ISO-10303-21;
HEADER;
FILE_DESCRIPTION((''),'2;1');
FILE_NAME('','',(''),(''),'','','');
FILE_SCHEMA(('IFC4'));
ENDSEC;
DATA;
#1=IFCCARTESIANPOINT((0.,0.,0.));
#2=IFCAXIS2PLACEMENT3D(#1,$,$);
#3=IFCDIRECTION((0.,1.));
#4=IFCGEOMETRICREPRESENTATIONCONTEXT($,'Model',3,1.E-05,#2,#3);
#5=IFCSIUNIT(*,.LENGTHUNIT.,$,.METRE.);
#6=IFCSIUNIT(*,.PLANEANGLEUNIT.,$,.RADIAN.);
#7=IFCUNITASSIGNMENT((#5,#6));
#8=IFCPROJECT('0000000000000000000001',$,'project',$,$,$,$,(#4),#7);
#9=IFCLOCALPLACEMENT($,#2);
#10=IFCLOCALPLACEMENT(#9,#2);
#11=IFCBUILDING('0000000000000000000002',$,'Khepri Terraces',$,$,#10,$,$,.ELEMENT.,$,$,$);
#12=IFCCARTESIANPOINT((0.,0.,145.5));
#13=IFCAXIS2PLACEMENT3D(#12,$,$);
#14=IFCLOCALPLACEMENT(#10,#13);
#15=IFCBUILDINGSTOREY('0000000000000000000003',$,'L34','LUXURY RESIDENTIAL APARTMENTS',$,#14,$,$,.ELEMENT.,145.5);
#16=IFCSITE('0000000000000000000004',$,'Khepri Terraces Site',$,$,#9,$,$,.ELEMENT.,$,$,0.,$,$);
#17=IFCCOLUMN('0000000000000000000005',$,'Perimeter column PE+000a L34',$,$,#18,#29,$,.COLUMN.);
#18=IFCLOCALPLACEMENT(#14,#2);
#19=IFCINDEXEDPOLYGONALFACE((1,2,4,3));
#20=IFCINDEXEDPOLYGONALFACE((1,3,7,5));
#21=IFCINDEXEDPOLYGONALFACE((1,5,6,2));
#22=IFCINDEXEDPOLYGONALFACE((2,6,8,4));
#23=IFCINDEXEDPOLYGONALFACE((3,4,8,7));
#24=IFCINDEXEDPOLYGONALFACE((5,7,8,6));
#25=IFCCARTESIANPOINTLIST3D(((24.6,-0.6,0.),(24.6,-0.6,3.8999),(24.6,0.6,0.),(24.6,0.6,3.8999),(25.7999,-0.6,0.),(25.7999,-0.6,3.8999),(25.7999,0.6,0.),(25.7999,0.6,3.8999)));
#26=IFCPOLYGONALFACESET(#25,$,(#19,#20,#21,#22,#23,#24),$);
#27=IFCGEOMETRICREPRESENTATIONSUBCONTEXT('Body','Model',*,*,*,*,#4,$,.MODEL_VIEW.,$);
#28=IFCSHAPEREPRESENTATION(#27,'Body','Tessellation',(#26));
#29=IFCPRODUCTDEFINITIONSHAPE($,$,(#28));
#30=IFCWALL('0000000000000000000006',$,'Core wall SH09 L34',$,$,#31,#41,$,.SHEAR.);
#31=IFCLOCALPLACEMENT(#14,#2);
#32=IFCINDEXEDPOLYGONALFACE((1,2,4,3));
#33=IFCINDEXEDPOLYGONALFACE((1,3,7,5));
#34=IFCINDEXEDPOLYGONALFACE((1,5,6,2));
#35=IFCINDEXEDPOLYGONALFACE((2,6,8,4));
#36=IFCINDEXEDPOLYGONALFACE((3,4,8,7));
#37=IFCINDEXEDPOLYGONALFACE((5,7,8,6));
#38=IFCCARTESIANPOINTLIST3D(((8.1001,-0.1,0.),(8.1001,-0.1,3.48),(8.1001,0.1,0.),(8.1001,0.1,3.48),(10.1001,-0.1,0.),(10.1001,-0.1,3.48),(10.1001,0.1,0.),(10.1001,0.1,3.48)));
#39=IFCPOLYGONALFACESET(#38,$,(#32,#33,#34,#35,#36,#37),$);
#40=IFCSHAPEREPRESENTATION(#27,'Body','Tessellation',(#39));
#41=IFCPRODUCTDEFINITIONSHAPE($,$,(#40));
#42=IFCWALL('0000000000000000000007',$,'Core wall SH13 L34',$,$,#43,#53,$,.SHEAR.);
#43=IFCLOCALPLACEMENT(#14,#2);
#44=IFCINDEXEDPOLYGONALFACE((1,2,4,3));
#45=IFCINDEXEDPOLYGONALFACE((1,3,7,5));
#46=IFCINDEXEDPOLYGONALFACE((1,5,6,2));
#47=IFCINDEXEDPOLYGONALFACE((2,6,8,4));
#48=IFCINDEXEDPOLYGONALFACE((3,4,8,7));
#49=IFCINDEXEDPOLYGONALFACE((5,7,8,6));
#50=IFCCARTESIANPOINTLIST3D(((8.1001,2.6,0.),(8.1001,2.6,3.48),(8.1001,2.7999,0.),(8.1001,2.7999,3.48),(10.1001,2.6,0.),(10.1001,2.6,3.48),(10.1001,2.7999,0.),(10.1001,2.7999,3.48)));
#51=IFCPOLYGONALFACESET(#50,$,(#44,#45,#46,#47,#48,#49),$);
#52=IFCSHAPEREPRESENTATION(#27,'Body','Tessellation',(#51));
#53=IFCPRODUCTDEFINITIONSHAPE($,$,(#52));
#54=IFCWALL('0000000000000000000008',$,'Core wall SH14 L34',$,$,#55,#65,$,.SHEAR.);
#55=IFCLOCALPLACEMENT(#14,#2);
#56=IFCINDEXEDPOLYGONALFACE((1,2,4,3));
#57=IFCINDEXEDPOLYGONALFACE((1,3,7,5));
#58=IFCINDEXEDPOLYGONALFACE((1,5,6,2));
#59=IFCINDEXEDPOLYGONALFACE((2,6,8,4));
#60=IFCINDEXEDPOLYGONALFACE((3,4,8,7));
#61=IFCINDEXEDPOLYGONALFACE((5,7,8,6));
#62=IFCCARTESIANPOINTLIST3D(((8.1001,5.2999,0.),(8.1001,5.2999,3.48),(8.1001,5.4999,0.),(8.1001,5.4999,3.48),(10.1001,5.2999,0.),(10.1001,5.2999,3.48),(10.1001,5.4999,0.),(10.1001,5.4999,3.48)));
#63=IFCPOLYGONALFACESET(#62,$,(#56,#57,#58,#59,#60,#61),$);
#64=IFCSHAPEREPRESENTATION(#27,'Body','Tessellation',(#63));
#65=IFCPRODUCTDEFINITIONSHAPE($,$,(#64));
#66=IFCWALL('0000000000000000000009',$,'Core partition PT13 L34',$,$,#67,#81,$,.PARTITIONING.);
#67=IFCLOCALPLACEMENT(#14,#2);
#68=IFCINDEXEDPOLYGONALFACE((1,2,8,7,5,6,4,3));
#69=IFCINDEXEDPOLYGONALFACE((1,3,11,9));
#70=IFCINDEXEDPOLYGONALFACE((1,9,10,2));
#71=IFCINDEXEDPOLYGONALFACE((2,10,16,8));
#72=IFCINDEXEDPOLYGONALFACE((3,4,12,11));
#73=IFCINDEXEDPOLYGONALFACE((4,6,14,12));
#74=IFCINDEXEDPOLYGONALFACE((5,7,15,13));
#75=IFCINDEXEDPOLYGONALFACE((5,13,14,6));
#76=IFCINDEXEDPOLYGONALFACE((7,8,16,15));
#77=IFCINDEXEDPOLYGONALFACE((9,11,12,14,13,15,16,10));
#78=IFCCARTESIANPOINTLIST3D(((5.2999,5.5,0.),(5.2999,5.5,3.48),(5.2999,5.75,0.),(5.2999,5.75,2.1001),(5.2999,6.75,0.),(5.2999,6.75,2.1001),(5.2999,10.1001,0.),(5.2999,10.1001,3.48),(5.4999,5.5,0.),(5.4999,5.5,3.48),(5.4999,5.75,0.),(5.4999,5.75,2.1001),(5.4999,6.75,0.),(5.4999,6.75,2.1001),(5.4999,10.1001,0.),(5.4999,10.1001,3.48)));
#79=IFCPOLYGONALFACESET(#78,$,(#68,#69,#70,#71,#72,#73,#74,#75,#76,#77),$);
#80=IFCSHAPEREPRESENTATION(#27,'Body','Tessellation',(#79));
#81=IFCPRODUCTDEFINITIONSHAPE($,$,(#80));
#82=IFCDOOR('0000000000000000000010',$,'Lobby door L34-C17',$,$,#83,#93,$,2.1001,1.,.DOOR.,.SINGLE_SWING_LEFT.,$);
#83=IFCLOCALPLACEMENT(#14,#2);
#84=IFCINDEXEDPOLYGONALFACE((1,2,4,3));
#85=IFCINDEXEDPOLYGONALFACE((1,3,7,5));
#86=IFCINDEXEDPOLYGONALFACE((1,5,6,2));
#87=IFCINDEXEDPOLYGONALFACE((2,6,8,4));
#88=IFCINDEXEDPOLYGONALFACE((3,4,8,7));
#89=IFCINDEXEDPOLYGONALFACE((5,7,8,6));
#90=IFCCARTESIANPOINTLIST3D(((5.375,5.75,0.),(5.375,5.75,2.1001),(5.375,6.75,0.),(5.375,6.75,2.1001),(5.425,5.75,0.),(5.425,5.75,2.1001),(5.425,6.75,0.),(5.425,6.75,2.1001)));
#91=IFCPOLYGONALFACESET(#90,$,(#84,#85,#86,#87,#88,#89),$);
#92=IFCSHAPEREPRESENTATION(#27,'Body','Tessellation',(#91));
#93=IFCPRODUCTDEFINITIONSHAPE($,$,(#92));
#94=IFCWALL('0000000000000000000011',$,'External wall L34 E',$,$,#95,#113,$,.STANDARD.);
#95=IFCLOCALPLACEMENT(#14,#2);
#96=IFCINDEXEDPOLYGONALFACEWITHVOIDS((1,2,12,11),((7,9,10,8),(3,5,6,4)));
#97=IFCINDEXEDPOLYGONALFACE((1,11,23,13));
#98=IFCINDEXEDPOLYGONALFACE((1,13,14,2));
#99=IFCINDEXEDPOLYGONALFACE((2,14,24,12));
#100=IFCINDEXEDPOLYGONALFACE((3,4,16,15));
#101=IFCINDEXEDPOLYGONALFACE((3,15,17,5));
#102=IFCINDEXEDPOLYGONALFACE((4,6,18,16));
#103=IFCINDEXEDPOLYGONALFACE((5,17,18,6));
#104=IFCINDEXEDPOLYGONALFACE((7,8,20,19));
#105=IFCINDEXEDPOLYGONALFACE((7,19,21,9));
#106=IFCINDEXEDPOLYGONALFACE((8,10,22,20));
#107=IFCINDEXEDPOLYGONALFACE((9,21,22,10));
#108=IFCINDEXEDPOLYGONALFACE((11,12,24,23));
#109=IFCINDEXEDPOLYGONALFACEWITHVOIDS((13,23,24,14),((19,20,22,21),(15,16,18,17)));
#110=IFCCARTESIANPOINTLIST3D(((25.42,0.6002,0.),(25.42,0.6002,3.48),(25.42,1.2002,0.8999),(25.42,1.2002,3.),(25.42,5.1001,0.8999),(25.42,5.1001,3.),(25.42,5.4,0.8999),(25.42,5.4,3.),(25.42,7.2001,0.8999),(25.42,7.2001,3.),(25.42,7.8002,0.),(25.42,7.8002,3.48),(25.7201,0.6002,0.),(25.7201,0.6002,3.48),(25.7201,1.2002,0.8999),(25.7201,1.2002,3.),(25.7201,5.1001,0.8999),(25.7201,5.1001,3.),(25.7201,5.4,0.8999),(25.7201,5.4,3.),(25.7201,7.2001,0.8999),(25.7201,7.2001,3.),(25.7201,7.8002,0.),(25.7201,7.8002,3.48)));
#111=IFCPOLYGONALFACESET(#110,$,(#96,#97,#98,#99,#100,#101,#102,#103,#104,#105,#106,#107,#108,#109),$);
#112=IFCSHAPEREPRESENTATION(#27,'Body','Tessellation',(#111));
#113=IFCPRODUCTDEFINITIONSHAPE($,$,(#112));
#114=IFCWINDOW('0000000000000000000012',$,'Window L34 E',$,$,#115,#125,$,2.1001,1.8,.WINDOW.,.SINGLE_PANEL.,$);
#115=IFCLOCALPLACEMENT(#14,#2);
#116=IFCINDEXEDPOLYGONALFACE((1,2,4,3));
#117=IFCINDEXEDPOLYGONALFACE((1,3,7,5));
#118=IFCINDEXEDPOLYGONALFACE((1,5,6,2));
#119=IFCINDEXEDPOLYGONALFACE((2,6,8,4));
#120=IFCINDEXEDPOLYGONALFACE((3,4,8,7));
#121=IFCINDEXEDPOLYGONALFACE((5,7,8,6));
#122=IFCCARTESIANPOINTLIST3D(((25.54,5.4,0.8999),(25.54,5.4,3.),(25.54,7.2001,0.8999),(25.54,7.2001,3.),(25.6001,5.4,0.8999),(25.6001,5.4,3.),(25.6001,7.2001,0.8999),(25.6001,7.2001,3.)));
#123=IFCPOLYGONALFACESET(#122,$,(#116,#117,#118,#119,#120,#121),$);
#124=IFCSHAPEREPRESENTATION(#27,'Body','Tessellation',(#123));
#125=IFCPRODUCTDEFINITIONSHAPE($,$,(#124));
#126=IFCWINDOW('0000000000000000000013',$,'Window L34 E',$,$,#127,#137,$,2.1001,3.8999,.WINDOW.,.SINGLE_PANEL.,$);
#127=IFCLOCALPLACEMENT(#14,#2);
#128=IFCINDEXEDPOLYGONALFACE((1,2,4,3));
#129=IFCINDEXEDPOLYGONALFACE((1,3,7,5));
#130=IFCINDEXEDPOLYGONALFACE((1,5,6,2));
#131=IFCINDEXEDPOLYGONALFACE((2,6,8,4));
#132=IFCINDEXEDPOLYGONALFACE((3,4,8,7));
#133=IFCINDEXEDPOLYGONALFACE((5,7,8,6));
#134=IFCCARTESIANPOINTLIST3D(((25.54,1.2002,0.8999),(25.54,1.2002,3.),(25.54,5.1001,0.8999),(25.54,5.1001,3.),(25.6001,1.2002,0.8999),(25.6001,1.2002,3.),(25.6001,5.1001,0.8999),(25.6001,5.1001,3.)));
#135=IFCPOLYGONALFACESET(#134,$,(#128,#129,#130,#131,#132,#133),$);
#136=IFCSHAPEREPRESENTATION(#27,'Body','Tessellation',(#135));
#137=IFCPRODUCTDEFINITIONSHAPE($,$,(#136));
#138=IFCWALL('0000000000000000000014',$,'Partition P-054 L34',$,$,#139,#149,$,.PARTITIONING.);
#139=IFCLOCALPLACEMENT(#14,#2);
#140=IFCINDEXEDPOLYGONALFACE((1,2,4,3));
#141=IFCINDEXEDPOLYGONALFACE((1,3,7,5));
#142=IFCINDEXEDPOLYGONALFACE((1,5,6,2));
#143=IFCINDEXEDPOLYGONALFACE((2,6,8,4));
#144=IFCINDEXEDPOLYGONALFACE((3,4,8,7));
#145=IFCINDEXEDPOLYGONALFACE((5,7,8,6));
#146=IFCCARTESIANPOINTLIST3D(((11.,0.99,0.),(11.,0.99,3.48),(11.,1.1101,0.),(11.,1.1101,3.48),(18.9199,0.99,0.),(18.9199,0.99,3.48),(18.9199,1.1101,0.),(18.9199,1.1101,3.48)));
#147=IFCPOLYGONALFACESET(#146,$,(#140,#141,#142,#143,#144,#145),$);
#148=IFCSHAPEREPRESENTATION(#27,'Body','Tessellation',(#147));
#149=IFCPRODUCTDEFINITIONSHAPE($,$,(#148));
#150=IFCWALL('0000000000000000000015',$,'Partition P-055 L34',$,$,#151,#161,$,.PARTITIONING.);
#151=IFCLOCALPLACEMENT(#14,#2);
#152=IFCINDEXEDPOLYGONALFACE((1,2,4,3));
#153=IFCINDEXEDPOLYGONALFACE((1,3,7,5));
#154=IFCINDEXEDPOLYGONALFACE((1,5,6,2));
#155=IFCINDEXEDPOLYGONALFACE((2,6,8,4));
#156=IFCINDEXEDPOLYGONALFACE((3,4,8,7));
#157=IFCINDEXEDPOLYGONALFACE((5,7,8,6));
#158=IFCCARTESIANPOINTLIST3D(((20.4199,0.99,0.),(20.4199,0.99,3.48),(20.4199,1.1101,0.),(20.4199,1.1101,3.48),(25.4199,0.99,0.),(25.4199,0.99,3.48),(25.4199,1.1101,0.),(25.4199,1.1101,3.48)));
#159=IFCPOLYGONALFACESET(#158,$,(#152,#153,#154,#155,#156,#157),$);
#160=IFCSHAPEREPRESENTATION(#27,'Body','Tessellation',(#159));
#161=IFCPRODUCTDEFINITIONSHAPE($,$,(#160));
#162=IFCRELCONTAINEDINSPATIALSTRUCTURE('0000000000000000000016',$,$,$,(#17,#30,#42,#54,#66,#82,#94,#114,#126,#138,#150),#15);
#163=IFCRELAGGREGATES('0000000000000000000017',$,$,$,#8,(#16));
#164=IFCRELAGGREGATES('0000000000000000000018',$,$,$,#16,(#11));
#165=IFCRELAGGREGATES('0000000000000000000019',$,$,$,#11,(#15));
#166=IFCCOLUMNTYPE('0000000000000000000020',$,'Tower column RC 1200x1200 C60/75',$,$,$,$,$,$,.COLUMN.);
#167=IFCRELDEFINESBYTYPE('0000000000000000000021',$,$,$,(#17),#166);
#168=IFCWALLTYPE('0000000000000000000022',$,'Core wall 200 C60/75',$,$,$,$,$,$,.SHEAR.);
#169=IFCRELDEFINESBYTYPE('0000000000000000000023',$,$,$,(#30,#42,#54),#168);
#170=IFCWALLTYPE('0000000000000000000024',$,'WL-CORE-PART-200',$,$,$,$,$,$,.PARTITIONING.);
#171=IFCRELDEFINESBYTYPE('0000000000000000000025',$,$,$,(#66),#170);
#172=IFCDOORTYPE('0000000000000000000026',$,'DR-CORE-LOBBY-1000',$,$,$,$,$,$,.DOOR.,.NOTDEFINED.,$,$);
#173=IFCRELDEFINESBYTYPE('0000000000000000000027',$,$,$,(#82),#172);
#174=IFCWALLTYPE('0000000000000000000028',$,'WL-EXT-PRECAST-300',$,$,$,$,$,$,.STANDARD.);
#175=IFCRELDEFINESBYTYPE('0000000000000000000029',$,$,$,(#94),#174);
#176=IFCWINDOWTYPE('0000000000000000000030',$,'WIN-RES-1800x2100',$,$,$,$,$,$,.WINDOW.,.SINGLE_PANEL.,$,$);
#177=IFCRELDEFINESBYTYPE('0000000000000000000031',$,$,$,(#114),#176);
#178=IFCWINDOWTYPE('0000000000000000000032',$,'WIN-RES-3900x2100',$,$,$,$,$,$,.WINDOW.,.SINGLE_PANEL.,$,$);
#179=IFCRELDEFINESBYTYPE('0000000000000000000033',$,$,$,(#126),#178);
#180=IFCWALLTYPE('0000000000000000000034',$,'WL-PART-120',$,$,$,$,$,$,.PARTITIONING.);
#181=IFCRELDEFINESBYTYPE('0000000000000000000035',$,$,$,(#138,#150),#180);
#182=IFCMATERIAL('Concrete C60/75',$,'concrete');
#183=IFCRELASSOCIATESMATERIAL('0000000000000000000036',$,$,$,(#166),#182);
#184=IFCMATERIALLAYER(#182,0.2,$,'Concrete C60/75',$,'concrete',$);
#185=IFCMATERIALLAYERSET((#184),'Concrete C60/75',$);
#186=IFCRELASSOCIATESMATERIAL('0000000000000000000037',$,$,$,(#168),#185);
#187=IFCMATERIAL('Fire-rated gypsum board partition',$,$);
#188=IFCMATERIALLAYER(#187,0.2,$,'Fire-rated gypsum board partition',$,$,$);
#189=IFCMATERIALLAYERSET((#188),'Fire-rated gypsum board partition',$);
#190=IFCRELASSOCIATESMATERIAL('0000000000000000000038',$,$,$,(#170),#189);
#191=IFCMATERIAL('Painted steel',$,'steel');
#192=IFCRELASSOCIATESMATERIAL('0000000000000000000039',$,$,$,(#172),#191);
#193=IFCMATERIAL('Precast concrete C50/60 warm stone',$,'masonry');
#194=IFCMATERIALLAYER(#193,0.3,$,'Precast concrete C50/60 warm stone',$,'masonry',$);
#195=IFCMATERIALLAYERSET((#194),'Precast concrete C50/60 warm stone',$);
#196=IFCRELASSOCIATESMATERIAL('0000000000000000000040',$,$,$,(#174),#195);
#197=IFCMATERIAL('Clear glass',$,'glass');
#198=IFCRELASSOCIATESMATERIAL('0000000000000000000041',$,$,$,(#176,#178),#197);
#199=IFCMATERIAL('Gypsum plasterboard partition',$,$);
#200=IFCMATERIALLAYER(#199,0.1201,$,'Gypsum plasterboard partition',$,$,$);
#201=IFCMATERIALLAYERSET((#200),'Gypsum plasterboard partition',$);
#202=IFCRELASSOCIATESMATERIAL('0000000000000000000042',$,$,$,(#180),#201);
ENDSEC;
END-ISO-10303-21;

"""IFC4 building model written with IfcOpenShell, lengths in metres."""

from ifc_helpers import new_model, si_unit, direction, frame, frame_2d, origin, origin_2d, place, context, subcontext, project, spatial, rectangle, extrude, material, layer, layer_set, material_profile, profile_set, type_object, element, fill, save


model = new_model("IFC4")

# Units and contexts
model_context = context("Model", 3, precision=1e-05, world=origin(), true_north=direction((0.0, 1.0)))
body_context = subcontext(model_context, "Body", "Model", "MODEL_VIEW")
ifc_project = project(units=[si_unit("LENGTHUNIT", "METRE"), si_unit("PLANEANGLEUNIT", "RADIAN")], contexts=[model_context])

# Site, building, storey
site_placement = place(None, origin())
site = spatial("IfcSite", under=ifc_project, at=site_placement, Name="Khepri Terraces Site", CompositionType="ELEMENT", RefElevation=0.0)
building_placement = place(site_placement, origin())
building = spatial("IfcBuilding", under=site, at=building_placement, Name="Khepri Terraces", CompositionType="ELEMENT")
storey_placement = place(building_placement, frame((0.0, 0.0, 145.5)))
storey = spatial("IfcBuildingStorey", under=building, at=storey_placement, Name="L34", Description="LUXURY RESIDENTIAL APARTMENTS", CompositionType="ELEMENT", Elevation=145.5)

# Column
ifc_material_1 = material(Name="Concrete C60/75", Category="concrete")
ifc_material_profile = material_profile(ifc_material_1, rectangle(XDim=1.2, YDim=1.2, at=origin_2d()), Name="Concrete C60/75", Category="concrete")
ifc_profile_set = profile_set([ifc_material_profile], Name="Concrete C60/75")
column_type = type_object("IfcColumnType", Name="Tower column RC 1200x1200 C60/75", PredefinedType="COLUMN", material=ifc_profile_set)
column_placement = place(storey_placement, frame((25.2, 0.0, 0.0), z_axis=(0.0, 0.0, 1.0), x_axis=(1.0, 0.0, 0.0)))
element("IfcColumn", 1, at=column_placement, inside=storey, type_object=column_type, Name="Perimeter column PE+000a L34", PredefinedType="COLUMN", context=body_context, shape_type="SweptSolid", body=[
    extrude(rectangle(XDim=1.2, YDim=1.2, at=origin_2d()), origin(), (0.0, 0.0, 1.0), 3.8999),
])

# Walls
ifc_layer_1 = layer(ifc_material_1, 0.2, Name="Concrete C60/75", Category="concrete")
ifc_layer_set_1 = layer_set([ifc_layer_1], Name="Concrete C60/75")
wall_type_1 = type_object("IfcWallType", Name="Core wall 200 C60/75", PredefinedType="SHEAR", material=ifc_layer_set_1)
for number, where, z_axis, x_axis, name in (
    (2, (8.1001, 0.0, 0.0), (0.0, 0.0, 1.0), (1.0, 0.0, 0.0), "Core wall SH09 L34"),
    (3, (8.1001, 2.7, 0.0), (0.0, 0.0, 1.0), (1.0, 0.0, 0.0), "Core wall SH13 L34"),
    (4, (8.1001, 5.3999, 0.0), (0.0, 0.0, 1.0), (1.0, 0.0, 0.0), "Core wall SH14 L34"),
):
    element("IfcWall", number, at=place(storey_placement, frame(where, z_axis=z_axis, x_axis=x_axis)), inside=storey, type_object=wall_type_1, Name=name, PredefinedType="SHEAR", context=body_context, shape_type="SweptSolid", body=[
        extrude(rectangle(XDim=2.0, YDim=0.2, at=frame_2d((1.0, 0.0))), origin(), (0.0, 0.0, 1.0), 3.48),
    ])

# Wall, opening, door
ifc_material_2 = material(Name="Fire-rated gypsum board partition")
ifc_layer_2 = layer(ifc_material_2, 0.2, Name="Fire-rated gypsum board partition")
ifc_layer_set_2 = layer_set([ifc_layer_2], Name="Fire-rated gypsum board partition")
wall_type_2 = type_object("IfcWallType", Name="WL-CORE-PART-200", PredefinedType="PARTITIONING", material=ifc_layer_set_2)
wall_1_placement = place(storey_placement, frame((5.3999, 5.5, 0.0), z_axis=(0.0, 0.0, 1.0), x_axis=(0.0, 1.0, 0.0)))
wall_1 = element("IfcWall", 5, at=wall_1_placement, inside=storey, type_object=wall_type_2, Name="Core partition PT13 L34", PredefinedType="PARTITIONING", context=body_context, shape_type="SweptSolid", body=[
    extrude(rectangle(XDim=4.6001, YDim=0.2, at=frame_2d((2.3, 0.0))), origin(), (0.0, 0.0, 1.0), 3.48),
])
opening_1_placement = place(wall_1_placement, frame((0.25, 0.0, 0.0)))
opening_1 = element("IfcOpeningElement", 6, at=opening_1_placement, cuts=wall_1, PredefinedType="OPENING", context=body_context, shape_type="SweptSolid", body=[
    extrude(rectangle(XDim=1.0, YDim=2.1001, at=frame_2d((0.5, 1.05))), frame((0.0, 0.1099, 0.0), z_axis=(0.0, -1.0, 0.0), x_axis=(1.0, 0.0, 0.0)), (0.0, 0.0, 1.0), 0.22),
])
ifc_material_3 = material(Name="Painted steel", Category="steel")
door_type_1 = type_object("IfcDoorType", Name="DR-CORE-LOBBY-1000", OperationType="NOTDEFINED", PredefinedType="DOOR", material=ifc_material_3)
door_1_placement = place(opening_1_placement, origin())
door_1 = element("IfcDoor", 7, at=door_1_placement, inside=storey, type_object=door_type_1, Name="Lobby door L34-C17", OperationType="SINGLE_SWING_LEFT", OverallHeight=2.1001, OverallWidth=1.0, PredefinedType="DOOR", context=body_context, shape_type="SweptSolid", body=[
    extrude(rectangle(XDim=1.0, YDim=2.1001, at=frame_2d((0.5, 1.05))), frame((0.0, 0.0249, 0.0), z_axis=(0.0, -1.0, 0.0), x_axis=(1.0, 0.0, 0.0)), (0.0, 0.0, 1.0), 0.05),
])
fill(opening_1, door_1)

# Wall, openings, windows
ifc_material_4 = material(Name="Precast concrete C50/60 warm stone", Category="masonry")
ifc_layer_3 = layer(ifc_material_4, 0.3, Name="Precast concrete C50/60 warm stone", Category="masonry")
ifc_layer_set_3 = layer_set([ifc_layer_3], Name="Precast concrete C50/60 warm stone")
wall_type_3 = type_object("IfcWallType", Name="WL-EXT-PRECAST-300", PredefinedType="STANDARD", material=ifc_layer_set_3)
wall_2_placement = place(storey_placement, frame((25.5701, 0.6001, 0.0), z_axis=(0.0, 0.0, 1.0), x_axis=(0.0, 1.0, 0.0)))
wall_2 = element("IfcWall", 8, at=wall_2_placement, inside=storey, type_object=wall_type_3, Name="External wall L34 E", PredefinedType="STANDARD", context=body_context, shape_type="SweptSolid", body=[
    extrude(rectangle(XDim=7.2, YDim=0.3, at=frame_2d((3.6001, 0.0))), origin(), (0.0, 0.0, 1.0), 3.48),
])
opening_2_placement = place(wall_2_placement, frame((0.6001, 0.0, 0.8999)))
opening_2 = element("IfcOpeningElement", 9, at=opening_2_placement, cuts=wall_2, PredefinedType="OPENING", context=body_context, shape_type="SweptSolid", body=[
    extrude(rectangle(XDim=3.8999, YDim=2.1001, at=frame_2d((1.95, 1.05))), frame((0.0, 0.1602, 0.0), z_axis=(0.0, -1.0, 0.0), x_axis=(1.0, 0.0, 0.0)), (0.0, 0.0, 1.0), 0.3201),
])
opening_3_placement = place(wall_2_placement, frame((4.8, 0.0, 0.8999)))
opening_3 = element("IfcOpeningElement", 10, at=opening_3_placement, cuts=wall_2, PredefinedType="OPENING", context=body_context, shape_type="SweptSolid", body=[
    extrude(rectangle(XDim=1.8, YDim=2.1001, at=frame_2d((0.8999, 1.05))), frame((0.0, 0.1602, 0.0), z_axis=(0.0, -1.0, 0.0), x_axis=(1.0, 0.0, 0.0)), (0.0, 0.0, 1.0), 0.3201),
])
ifc_material_5 = material(Name="Clear glass", Category="glass")
window_type_1 = type_object("IfcWindowType", Name="WIN-RES-1800x2100", PartitioningType="SINGLE_PANEL", PredefinedType="WINDOW", material=ifc_material_5)
window_1_placement = place(opening_3_placement, origin())
window_1 = element("IfcWindow", 11, at=window_1_placement, inside=storey, type_object=window_type_1, Name="Window L34 E", OverallHeight=2.1001, OverallWidth=1.8, PartitioningType="SINGLE_PANEL", PredefinedType="WINDOW", context=body_context, shape_type="SweptSolid", body=[
    extrude(rectangle(XDim=1.8, YDim=2.1001, at=frame_2d((0.8999, 1.05))), frame((0.0, 0.03, 0.0), z_axis=(0.0, -1.0, 0.0), x_axis=(1.0, 0.0, 0.0)), (0.0, 0.0, 1.0), 0.0601),
])
fill(opening_3, window_1)
window_type_2 = type_object("IfcWindowType", Name="WIN-RES-3900x2100", PartitioningType="SINGLE_PANEL", PredefinedType="WINDOW", material=ifc_material_5)
window_2_placement = place(opening_2_placement, origin())
window_2 = element("IfcWindow", 12, at=window_2_placement, inside=storey, type_object=window_type_2, Name="Window L34 E", OverallHeight=2.1001, OverallWidth=3.8999, PartitioningType="SINGLE_PANEL", PredefinedType="WINDOW", context=body_context, shape_type="SweptSolid", body=[
    extrude(rectangle(XDim=3.8999, YDim=2.1001, at=frame_2d((1.95, 1.05))), frame((0.0, 0.03, 0.0), z_axis=(0.0, -1.0, 0.0), x_axis=(1.0, 0.0, 0.0)), (0.0, 0.0, 1.0), 0.0601),
])
fill(opening_2, window_2)

# Walls
ifc_material_6 = material(Name="Gypsum plasterboard partition")
ifc_layer_4 = layer(ifc_material_6, 0.1201, Name="Gypsum plasterboard partition")
ifc_layer_set_4 = layer_set([ifc_layer_4], Name="Gypsum plasterboard partition")
wall_type_4 = type_object("IfcWallType", Name="WL-PART-120", PredefinedType="PARTITIONING", material=ifc_layer_set_4)
wall_3_placement = place(storey_placement, frame((11.0, 1.05, 0.0), z_axis=(0.0, 0.0, 1.0), x_axis=(1.0, 0.0, 0.0)))
element("IfcWall", 13, at=wall_3_placement, inside=storey, type_object=wall_type_4, Name="Partition P-054 L34", PredefinedType="PARTITIONING", context=body_context, shape_type="SweptSolid", body=[
    extrude(rectangle(XDim=7.9199, YDim=0.1201, at=frame_2d((3.96, 0.0))), origin(), (0.0, 0.0, 1.0), 3.48),
])
wall_4_placement = place(storey_placement, frame((20.4199, 1.05, 0.0), z_axis=(0.0, 0.0, 1.0), x_axis=(1.0, 0.0, 0.0)))
element("IfcWall", 14, at=wall_4_placement, inside=storey, type_object=wall_type_4, Name="Partition P-055 L34", PredefinedType="PARTITIONING", context=body_context, shape_type="SweptSolid", body=[
    extrude(rectangle(XDim=5.0, YDim=0.1201, at=frame_2d((2.5, 0.0))), origin(), (0.0, 0.0, 1.0), 3.48),
])

save(model, "model.ifc")
